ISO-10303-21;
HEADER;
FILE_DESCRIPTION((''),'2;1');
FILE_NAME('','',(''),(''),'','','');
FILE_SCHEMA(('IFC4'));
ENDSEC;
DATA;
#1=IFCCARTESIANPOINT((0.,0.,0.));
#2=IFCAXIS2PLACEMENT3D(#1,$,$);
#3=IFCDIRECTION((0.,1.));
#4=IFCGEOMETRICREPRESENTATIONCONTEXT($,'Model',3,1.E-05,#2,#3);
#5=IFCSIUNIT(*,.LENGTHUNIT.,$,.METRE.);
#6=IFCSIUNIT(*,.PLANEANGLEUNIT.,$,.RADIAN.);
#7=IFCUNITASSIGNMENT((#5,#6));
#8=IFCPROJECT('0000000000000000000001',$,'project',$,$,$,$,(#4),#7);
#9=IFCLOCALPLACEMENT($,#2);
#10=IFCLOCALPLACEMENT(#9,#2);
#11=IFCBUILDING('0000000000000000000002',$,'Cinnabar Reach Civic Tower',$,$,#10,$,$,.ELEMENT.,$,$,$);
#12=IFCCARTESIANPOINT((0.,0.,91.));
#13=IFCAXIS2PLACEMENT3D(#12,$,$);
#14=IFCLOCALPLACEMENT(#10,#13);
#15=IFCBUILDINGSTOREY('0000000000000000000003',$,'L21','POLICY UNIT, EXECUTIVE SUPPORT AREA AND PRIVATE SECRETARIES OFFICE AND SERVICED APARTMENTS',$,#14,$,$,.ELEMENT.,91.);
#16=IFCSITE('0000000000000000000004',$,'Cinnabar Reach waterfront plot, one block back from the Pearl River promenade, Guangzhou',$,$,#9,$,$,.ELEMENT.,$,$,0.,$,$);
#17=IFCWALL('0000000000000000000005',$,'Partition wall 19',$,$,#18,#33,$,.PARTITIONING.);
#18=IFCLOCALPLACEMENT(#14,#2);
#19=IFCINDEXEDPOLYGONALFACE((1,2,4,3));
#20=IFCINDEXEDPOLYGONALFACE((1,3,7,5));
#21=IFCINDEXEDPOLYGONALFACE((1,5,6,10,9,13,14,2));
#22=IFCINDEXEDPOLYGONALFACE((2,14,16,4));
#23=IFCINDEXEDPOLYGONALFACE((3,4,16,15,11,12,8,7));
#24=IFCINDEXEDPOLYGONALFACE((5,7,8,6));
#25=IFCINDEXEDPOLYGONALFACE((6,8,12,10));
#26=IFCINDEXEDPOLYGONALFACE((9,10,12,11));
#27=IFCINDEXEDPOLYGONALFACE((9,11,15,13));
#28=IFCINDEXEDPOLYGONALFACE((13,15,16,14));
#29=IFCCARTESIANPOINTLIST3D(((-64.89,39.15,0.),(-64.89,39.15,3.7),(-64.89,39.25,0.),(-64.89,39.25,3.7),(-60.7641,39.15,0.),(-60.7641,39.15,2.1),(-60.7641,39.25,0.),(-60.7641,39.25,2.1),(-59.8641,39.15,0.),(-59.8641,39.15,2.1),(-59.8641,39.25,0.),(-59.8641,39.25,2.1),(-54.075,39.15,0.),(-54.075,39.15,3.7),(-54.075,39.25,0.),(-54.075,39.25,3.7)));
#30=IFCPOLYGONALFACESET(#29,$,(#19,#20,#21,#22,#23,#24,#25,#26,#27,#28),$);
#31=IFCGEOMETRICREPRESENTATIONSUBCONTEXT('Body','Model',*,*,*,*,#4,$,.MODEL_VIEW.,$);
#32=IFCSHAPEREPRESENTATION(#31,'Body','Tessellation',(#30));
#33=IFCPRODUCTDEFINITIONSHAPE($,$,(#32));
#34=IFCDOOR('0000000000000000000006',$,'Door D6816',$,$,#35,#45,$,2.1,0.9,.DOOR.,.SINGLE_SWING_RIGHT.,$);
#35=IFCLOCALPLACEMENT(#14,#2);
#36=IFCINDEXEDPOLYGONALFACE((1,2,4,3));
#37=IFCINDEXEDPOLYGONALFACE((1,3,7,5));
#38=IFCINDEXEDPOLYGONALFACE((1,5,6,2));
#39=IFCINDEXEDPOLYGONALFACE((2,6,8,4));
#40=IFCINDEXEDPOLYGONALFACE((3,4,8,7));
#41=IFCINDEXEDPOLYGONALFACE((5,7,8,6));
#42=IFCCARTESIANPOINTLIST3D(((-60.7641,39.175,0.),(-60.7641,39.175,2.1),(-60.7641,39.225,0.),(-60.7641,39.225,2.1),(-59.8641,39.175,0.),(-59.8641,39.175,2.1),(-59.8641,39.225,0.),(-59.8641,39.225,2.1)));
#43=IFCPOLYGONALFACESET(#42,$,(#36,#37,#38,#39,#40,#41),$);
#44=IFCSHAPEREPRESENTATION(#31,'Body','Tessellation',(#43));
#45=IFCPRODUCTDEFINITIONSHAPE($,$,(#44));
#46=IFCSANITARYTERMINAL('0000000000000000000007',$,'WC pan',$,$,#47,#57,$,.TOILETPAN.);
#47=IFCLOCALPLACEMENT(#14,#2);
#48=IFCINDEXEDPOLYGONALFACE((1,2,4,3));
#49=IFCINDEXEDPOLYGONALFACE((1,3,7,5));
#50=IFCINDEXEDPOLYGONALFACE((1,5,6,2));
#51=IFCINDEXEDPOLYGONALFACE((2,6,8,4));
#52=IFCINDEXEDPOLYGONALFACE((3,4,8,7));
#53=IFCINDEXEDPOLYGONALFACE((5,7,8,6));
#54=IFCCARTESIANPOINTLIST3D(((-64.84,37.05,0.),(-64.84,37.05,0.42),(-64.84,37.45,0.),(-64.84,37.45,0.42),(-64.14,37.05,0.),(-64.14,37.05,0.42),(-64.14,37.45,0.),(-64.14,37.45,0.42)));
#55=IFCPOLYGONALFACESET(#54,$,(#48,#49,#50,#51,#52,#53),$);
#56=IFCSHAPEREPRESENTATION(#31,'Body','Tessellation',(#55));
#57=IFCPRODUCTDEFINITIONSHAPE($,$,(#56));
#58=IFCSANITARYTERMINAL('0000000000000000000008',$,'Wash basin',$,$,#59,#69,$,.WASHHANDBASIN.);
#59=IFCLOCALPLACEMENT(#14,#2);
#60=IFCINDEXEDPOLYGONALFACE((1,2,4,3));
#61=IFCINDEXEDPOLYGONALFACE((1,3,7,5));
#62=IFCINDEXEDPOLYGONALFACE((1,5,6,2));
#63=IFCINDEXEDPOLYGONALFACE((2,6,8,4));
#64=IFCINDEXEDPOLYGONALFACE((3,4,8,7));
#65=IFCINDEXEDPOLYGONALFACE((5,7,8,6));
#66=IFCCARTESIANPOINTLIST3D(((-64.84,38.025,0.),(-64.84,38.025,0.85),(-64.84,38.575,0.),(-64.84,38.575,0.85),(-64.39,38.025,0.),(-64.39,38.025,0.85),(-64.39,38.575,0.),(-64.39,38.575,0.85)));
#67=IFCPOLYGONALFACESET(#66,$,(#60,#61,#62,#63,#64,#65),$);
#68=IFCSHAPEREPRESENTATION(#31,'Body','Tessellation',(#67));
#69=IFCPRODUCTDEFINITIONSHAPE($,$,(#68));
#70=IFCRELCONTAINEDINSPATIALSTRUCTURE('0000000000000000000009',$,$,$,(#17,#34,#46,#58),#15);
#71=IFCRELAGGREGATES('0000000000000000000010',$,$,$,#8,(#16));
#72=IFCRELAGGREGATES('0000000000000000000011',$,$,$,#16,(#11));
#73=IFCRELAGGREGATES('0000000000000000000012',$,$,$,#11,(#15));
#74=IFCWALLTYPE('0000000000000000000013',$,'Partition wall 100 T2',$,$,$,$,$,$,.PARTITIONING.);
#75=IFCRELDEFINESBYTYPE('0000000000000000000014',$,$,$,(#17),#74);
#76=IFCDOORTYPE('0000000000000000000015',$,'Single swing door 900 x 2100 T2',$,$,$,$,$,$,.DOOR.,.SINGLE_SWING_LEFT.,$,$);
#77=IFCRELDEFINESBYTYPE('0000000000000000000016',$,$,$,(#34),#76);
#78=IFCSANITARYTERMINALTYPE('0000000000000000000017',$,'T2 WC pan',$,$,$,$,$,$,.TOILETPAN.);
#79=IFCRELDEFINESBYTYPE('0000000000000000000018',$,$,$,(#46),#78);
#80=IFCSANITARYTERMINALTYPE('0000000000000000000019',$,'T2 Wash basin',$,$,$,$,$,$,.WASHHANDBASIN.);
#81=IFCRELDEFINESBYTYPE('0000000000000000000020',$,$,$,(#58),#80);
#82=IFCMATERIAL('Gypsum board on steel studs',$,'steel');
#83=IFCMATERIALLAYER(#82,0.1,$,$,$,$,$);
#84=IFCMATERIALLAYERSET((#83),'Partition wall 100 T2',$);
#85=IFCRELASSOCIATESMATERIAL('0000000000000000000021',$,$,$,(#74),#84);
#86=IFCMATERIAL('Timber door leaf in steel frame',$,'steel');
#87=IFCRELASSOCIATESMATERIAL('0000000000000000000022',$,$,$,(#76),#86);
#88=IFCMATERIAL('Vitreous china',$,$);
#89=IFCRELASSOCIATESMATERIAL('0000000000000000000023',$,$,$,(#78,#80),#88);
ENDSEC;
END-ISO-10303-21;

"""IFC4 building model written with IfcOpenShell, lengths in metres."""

from ifc_helpers import new_model, si_unit, direction, frame, frame_2d, origin, origin_2d, place, context, subcontext, project, spatial, rectangle, extrude, material, layer, layer_set, type_object, element, fill, save


model = new_model("IFC4")

# Units and contexts
model_context = context("Model", 3, precision=1e-05, world=origin(), true_north=direction((0.0, 1.0)))
body_context = subcontext(model_context, "Body", "Model", "MODEL_VIEW")
ifc_project = project(units=[si_unit("LENGTHUNIT", "METRE"), si_unit("PLANEANGLEUNIT", "RADIAN")], contexts=[model_context])

# Site, building, storey
site_placement = place(None, origin())
site = spatial("IfcSite", under=ifc_project, at=site_placement, Name="Cinnabar Reach waterfront plot, one block back from the Pearl River promenade, Guangzhou", CompositionType="ELEMENT", RefElevation=0.0)
building_placement = place(site_placement, origin())
building = spatial("IfcBuilding", under=site, at=building_placement, Name="Cinnabar Reach Civic Tower", CompositionType="ELEMENT")
storey_placement = place(building_placement, frame((0.0, 0.0, 91.0)))
storey = spatial("IfcBuildingStorey", under=building, at=storey_placement, Name="L21", Description="POLICY UNIT, EXECUTIVE SUPPORT AREA AND PRIVATE SECRETARIES OFFICE AND SERVICED APARTMENTS", CompositionType="ELEMENT", Elevation=91.0)

# Wall, opening, door
ifc_material_1 = material(Name="Gypsum board on steel studs", Category="steel")
ifc_layer_1 = layer(ifc_material_1, 0.1)
ifc_layer_set_1 = layer_set([ifc_layer_1], Name="Partition wall 100 T2")
wall_type_1 = type_object("IfcWallType", Name="Partition wall 100 T2", PredefinedType="PARTITIONING", material=ifc_layer_set_1)
wall_1_placement = place(storey_placement, frame((-64.89, 39.2, 0.0), z_axis=(0.0, 0.0, 1.0), x_axis=(1.0, 0.0, 0.0)))
wall_1 = element("IfcWall", 1, at=wall_1_placement, inside=storey, type_object=wall_type_1, Name="Partition wall 19", PredefinedType="PARTITIONING", context=body_context, shape_type="SweptSolid", body=[
    extrude(rectangle(XDim=10.815, YDim=0.1, at=frame_2d((5.4075, 0.0))), origin(), (0.0, 0.0, 1.0), 3.7),
])
opening_1_placement = place(wall_1_placement, frame((4.1259, 0.0, 0.0)))
opening_1 = element("IfcOpeningElement", 2, at=opening_1_placement, cuts=wall_1, PredefinedType="OPENING", context=body_context, shape_type="SweptSolid", body=[
    extrude(rectangle(XDim=0.9, YDim=2.1, at=frame_2d((0.45, 1.05))), frame((0.0, 0.06, 0.0), z_axis=(0.0, -1.0, 0.0), x_axis=(1.0, 0.0, 0.0)), (0.0, 0.0, 1.0), 0.12),
])
ifc_material_2 = material(Name="Timber door leaf in steel frame", Category="steel")
door_type = type_object("IfcDoorType", Name="Single swing door 900 x 2100 T2", OperationType="SINGLE_SWING_LEFT", PredefinedType="DOOR", material=ifc_material_2)
door_placement = place(opening_1_placement, frame((0.9, 0.0, 0.0), z_axis=(0.0, 0.0, 1.0), x_axis=(-1.0, 0.0, 0.0)))
door = element("IfcDoor", 3, at=door_placement, inside=storey, type_object=door_type, Name="Door D6816", OperationType="SINGLE_SWING_RIGHT", OverallHeight=2.1, OverallWidth=0.9, PredefinedType="DOOR", context=body_context, shape_type="SweptSolid", body=[
    extrude(rectangle(XDim=0.9, YDim=2.1, at=frame_2d((0.45, 1.05))), frame((0.0, 0.025, 0.0), z_axis=(0.0, -1.0, 0.0), x_axis=(1.0, 0.0, 0.0)), (0.0, 0.0, 1.0), 0.05),
])
fill(opening_1, door)

# Sanitary terminals
ifc_material_3 = material(Name="Vitreous china")
sanitary_terminal_type_1 = type_object("IfcSanitaryTerminalType", Name="T2 WC pan", PredefinedType="TOILETPAN", material=ifc_material_3)
sanitary_terminal_1_placement = place(storey_placement, frame((-64.49, 37.25, 0.0), z_axis=(0.0, 0.0, 1.0), x_axis=(1.0, 0.0, 0.0)))
element("IfcSanitaryTerminal", 4, at=sanitary_terminal_1_placement, inside=storey, type_object=sanitary_terminal_type_1, Name="WC pan", PredefinedType="TOILETPAN", context=body_context, shape_type="SweptSolid", body=[
    extrude(rectangle(XDim=0.7, YDim=0.4, at=origin_2d()), origin(), (0.0, 0.0, 1.0), 0.42),
])
sanitary_terminal_type_2 = type_object("IfcSanitaryTerminalType", Name="T2 Wash basin", PredefinedType="WASHHANDBASIN", material=ifc_material_3)
sanitary_terminal_2_placement = place(storey_placement, frame((-64.615, 38.3, 0.0), z_axis=(0.0, 0.0, 1.0), x_axis=(1.0, 0.0, 0.0)))
element("IfcSanitaryTerminal", 5, at=sanitary_terminal_2_placement, inside=storey, type_object=sanitary_terminal_type_2, Name="Wash basin", PredefinedType="WASHHANDBASIN", context=body_context, shape_type="SweptSolid", body=[
    extrude(rectangle(XDim=0.45, YDim=0.55, at=origin_2d()), origin(), (0.0, 0.0, 1.0), 0.85),
])

save(model, "model.ifc")
